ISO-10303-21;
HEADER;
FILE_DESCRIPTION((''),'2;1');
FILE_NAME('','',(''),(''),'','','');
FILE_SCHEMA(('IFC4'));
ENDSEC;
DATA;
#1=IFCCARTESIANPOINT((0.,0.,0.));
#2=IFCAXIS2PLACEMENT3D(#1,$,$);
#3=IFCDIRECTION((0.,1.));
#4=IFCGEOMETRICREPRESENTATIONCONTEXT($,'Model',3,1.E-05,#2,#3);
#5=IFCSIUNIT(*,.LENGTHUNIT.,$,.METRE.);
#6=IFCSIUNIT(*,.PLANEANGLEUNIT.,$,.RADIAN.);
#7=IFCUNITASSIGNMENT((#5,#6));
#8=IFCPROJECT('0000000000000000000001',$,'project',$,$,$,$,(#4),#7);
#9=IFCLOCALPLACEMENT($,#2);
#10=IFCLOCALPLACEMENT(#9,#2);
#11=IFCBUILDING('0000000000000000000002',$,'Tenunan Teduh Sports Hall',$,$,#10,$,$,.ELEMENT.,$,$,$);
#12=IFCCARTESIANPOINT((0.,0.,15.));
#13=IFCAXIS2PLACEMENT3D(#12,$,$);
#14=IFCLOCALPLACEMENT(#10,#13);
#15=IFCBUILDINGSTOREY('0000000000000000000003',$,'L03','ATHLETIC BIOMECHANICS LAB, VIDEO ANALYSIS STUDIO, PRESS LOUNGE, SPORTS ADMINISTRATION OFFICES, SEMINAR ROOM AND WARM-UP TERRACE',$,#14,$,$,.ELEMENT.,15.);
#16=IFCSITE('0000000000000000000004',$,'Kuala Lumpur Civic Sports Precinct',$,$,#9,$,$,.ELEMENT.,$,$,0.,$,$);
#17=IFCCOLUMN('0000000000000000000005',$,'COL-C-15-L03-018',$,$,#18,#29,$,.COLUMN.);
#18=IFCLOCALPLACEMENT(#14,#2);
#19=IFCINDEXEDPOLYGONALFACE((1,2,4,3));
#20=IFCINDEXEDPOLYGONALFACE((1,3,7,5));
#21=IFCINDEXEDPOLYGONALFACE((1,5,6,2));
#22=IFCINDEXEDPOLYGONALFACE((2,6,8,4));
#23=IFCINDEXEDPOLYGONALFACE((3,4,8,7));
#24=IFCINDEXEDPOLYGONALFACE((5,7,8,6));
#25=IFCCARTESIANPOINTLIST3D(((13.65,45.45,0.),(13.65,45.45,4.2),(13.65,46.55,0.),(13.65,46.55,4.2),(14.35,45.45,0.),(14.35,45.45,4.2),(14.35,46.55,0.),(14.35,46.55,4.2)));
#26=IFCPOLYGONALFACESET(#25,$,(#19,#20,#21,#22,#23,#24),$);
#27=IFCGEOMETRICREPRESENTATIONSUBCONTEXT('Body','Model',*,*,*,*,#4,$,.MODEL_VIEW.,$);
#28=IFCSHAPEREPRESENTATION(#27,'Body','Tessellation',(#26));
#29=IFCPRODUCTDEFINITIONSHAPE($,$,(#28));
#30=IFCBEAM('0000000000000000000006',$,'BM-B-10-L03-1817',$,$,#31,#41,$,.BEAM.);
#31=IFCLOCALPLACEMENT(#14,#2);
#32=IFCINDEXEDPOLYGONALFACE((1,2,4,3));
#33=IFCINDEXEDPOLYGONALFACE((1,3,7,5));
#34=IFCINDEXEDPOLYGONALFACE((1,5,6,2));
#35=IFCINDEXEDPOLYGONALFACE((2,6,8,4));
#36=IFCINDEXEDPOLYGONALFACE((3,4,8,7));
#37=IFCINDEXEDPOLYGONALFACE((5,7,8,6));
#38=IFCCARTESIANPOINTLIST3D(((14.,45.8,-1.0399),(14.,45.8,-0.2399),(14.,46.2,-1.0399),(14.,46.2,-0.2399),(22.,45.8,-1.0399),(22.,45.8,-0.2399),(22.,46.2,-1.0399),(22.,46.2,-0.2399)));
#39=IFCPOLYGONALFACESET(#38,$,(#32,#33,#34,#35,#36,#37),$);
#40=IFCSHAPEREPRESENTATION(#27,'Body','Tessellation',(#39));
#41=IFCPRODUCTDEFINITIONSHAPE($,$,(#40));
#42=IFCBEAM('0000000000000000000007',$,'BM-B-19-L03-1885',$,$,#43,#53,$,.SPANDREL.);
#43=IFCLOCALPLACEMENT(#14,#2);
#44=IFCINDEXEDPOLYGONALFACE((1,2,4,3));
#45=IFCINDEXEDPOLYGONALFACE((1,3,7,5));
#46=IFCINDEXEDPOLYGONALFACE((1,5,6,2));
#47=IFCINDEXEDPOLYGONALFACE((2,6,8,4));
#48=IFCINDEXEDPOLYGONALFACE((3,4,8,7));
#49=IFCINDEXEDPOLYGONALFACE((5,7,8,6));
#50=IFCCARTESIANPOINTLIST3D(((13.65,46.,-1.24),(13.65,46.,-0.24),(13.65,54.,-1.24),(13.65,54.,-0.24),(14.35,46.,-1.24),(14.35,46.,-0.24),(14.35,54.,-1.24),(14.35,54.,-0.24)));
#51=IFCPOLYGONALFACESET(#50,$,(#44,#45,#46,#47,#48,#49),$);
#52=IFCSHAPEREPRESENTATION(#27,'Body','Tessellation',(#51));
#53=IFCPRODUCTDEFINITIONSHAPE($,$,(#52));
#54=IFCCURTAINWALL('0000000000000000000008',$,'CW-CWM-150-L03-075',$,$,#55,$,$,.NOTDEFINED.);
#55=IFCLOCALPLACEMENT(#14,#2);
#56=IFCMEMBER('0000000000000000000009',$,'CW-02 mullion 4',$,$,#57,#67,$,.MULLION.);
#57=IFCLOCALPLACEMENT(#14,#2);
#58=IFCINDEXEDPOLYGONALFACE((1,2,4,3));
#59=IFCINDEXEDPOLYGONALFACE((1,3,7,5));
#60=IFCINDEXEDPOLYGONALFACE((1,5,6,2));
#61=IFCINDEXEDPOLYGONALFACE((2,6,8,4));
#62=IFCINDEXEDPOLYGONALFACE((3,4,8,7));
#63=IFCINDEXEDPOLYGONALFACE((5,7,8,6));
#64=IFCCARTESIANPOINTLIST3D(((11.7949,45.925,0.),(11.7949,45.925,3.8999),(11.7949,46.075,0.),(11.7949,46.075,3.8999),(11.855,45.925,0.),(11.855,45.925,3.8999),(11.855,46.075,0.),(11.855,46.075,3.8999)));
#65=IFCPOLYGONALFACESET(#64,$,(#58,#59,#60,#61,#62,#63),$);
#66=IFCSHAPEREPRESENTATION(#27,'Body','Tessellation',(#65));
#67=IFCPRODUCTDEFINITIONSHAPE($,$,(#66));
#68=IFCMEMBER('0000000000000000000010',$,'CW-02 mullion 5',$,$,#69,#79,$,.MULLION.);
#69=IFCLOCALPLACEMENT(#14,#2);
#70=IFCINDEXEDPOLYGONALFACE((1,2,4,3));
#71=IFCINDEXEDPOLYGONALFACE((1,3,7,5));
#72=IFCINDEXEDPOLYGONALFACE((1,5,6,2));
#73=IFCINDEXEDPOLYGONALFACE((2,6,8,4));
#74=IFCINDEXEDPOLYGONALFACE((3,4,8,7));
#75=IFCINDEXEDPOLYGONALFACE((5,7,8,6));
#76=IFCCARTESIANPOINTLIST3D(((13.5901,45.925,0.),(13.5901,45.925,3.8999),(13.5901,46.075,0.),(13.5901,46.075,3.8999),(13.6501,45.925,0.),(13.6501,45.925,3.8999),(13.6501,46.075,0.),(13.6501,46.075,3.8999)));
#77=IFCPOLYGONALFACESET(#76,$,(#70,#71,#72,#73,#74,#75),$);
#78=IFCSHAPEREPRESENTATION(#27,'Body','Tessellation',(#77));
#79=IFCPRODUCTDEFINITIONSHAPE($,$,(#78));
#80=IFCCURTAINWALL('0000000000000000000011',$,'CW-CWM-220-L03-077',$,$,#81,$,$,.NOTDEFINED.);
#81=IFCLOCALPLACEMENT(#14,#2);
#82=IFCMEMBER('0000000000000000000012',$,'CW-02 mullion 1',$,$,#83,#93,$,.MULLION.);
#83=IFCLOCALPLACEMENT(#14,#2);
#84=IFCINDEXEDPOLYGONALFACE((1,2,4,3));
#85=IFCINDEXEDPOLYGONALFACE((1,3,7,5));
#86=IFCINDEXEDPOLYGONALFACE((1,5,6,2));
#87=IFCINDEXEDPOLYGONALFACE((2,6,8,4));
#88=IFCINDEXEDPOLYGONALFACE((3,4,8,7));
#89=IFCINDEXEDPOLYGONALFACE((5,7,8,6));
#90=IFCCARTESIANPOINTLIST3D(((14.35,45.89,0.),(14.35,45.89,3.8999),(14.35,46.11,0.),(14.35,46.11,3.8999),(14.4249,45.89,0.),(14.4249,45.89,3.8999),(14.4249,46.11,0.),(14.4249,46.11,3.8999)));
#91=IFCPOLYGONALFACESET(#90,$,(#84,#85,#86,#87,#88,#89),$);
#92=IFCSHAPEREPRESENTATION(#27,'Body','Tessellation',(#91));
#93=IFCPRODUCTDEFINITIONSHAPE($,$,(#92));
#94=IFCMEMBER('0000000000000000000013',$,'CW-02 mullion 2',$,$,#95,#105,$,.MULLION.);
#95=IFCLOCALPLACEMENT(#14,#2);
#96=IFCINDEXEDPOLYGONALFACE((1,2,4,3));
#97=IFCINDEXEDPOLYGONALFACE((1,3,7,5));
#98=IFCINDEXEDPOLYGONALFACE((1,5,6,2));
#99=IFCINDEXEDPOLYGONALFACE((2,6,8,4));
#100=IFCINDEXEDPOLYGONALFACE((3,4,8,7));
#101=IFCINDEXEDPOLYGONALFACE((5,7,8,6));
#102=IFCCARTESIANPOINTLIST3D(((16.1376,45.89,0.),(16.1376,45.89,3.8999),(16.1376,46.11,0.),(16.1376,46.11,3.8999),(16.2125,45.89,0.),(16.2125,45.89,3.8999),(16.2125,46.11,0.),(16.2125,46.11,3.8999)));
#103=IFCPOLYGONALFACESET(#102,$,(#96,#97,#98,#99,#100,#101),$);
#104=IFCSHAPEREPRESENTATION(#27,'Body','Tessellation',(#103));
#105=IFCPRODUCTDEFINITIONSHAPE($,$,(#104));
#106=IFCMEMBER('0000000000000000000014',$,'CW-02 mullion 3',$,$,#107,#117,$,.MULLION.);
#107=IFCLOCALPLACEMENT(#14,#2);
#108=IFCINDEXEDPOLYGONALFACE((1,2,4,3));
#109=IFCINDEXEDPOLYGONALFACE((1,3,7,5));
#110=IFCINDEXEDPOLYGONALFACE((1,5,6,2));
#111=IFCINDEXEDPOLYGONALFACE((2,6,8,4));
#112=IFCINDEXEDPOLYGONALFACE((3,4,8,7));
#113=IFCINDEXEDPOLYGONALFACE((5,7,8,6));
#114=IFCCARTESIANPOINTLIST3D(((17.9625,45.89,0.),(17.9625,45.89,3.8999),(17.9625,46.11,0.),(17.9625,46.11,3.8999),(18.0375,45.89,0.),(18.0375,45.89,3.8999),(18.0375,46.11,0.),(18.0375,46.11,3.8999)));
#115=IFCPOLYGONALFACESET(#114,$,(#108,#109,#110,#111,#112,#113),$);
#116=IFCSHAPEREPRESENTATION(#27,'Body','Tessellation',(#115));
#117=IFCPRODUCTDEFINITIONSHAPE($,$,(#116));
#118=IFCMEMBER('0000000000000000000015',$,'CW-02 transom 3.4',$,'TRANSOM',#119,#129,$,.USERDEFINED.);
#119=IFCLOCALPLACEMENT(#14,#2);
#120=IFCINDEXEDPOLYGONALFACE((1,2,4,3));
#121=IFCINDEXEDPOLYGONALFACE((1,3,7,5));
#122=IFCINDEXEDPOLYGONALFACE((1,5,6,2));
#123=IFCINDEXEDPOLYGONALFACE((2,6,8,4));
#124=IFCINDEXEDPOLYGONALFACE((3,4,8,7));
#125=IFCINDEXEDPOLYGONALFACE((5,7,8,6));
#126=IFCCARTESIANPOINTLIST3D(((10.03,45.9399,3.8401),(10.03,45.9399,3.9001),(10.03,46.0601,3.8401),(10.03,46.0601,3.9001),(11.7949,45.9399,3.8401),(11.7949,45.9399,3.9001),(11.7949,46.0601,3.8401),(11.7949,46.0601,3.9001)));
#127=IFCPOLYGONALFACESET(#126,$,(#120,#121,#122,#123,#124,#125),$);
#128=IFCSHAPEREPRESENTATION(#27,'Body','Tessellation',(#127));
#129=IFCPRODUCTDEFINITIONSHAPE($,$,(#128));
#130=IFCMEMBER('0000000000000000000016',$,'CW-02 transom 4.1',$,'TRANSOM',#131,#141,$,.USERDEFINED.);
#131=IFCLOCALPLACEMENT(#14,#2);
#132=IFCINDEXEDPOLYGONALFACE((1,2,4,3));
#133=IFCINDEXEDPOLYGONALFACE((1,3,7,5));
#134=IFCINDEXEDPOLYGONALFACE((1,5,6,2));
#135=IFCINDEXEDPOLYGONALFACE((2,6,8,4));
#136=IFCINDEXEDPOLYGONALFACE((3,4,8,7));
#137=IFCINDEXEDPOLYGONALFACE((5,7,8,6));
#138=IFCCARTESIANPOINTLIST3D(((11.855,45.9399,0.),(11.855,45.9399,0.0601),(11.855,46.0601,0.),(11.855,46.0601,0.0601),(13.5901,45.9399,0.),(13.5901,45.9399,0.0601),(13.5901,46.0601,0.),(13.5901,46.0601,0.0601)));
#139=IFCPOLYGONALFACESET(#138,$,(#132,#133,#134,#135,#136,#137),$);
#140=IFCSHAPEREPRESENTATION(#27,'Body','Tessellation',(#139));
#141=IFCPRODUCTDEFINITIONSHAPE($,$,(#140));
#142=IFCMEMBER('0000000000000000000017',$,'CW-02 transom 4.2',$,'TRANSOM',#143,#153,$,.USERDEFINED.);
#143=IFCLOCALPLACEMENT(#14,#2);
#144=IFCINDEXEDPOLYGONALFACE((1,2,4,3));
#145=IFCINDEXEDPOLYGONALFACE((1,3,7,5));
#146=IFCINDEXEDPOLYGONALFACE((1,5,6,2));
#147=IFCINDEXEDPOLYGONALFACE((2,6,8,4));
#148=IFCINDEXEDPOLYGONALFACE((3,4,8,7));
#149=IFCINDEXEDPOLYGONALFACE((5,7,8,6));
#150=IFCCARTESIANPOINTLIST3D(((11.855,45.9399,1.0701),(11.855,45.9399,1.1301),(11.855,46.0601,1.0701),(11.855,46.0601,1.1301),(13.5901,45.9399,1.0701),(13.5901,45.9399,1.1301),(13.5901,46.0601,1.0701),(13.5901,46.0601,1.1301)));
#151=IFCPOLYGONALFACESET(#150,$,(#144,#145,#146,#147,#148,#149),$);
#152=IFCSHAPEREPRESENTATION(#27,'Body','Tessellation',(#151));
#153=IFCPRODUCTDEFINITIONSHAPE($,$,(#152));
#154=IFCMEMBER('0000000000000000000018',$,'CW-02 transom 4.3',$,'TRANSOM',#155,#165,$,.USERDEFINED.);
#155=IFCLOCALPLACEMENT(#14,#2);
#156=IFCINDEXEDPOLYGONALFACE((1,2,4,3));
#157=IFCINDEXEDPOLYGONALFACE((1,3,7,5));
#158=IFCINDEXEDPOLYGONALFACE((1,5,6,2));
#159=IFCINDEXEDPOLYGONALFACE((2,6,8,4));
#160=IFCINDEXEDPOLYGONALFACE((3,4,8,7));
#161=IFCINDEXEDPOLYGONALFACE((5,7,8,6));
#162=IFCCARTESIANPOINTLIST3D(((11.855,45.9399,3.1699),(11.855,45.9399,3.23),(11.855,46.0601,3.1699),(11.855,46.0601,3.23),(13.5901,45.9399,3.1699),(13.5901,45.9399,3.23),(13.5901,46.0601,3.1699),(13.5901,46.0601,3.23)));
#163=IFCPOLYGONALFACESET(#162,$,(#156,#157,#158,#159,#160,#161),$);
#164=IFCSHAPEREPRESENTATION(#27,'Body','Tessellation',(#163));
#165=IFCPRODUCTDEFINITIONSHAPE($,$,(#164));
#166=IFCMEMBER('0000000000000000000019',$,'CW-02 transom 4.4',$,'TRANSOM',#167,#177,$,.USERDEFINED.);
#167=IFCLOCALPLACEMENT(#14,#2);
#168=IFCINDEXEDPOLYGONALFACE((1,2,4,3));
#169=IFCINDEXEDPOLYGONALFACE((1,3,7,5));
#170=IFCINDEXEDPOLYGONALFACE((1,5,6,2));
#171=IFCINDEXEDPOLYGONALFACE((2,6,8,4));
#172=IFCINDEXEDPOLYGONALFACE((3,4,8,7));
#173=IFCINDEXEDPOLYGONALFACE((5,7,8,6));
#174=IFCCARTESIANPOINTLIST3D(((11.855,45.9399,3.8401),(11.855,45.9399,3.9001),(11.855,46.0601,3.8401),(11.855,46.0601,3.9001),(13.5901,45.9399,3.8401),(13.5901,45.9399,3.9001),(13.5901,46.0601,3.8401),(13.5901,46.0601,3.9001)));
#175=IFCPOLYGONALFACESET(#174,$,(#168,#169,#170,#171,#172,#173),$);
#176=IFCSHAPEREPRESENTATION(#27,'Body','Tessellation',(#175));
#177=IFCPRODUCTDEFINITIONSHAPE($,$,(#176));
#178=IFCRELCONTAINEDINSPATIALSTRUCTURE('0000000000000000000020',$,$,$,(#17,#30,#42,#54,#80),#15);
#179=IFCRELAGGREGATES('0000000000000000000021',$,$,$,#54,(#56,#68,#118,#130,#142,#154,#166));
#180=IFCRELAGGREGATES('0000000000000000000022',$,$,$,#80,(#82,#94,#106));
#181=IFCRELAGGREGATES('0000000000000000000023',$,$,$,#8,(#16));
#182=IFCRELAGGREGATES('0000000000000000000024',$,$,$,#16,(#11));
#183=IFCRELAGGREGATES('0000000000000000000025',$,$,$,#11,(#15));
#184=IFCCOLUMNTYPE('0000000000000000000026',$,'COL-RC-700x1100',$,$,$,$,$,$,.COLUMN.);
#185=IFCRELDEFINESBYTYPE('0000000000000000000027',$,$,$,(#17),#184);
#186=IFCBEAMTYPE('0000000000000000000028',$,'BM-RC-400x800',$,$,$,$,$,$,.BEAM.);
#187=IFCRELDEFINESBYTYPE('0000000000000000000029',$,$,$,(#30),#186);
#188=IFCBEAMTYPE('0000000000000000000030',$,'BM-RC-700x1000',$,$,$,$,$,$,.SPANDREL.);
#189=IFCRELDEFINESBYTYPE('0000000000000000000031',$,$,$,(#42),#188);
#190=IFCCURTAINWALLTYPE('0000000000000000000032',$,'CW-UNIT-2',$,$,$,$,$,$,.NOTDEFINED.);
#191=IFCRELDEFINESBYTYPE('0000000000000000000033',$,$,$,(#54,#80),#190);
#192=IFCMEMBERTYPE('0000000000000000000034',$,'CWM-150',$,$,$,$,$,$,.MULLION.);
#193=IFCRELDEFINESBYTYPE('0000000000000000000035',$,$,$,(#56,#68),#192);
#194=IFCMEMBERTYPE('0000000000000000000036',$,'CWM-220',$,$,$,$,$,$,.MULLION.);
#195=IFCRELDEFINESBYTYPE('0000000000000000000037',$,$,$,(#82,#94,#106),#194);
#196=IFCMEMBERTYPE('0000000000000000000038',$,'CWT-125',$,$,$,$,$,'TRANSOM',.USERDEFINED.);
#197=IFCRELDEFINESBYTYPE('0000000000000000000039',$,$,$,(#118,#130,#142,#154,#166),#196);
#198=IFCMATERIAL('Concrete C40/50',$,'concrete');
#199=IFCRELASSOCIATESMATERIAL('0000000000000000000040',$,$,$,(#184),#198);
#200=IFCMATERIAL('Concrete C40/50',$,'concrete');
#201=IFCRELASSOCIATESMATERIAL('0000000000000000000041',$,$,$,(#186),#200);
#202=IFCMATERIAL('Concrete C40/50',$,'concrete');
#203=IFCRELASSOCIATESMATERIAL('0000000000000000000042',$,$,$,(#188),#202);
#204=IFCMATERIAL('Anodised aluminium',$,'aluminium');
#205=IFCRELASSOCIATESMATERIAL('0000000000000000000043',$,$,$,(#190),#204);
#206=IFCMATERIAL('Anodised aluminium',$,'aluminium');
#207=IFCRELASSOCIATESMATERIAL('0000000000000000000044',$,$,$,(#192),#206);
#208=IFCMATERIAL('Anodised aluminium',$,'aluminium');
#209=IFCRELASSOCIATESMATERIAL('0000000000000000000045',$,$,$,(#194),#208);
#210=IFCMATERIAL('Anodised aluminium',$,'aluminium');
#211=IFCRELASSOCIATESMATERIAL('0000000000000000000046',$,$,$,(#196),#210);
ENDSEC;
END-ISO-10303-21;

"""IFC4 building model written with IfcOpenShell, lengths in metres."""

from ifc_helpers import new_model, si_unit, direction, frame, origin, origin_2d, place, context, subcontext, project, spatial, rectangle, extrude, material, material_profile, profile_set, type_object, element, aggregate, save


model = new_model("IFC4")

# Units and contexts
model_context = context("Model", 3, precision=1e-05, world=origin(), true_north=direction((0.0, 1.0)))
body_context = subcontext(model_context, "Body", "Model", "MODEL_VIEW")
ifc_project = project(units=[si_unit("LENGTHUNIT", "METRE"), si_unit("PLANEANGLEUNIT", "RADIAN")], contexts=[model_context])

# Site, building, storey
site_placement = place(None, origin())
site = spatial("IfcSite", under=ifc_project, at=site_placement, Name="Kuala Lumpur Civic Sports Precinct", CompositionType="ELEMENT", RefElevation=0.0)
building_placement = place(site_placement, origin())
building = spatial("IfcBuilding", under=site, at=building_placement, Name="Tenunan Teduh Sports Hall", CompositionType="ELEMENT")
storey_placement = place(building_placement, frame((0.0, 0.0, 15.0)))
storey = spatial("IfcBuildingStorey", under=building, at=storey_placement, Name="L03", Description="ATHLETIC BIOMECHANICS LAB, VIDEO ANALYSIS STUDIO, PRESS LOUNGE, SPORTS ADMINISTRATION OFFICES, SEMINAR ROOM AND WARM-UP TERRACE", CompositionType="ELEMENT", Elevation=15.0)

# Column
ifc_material_1 = material(Name="Concrete C40/50", Category="concrete")
ifc_material_profile_1 = material_profile(ifc_material_1, rectangle(XDim=0.7, YDim=1.1001, at=origin_2d()), Name="RC 700x1100")
ifc_profile_set_1 = profile_set([ifc_material_profile_1], Name="Concrete C40/50")
column_type = type_object("IfcColumnType", Name="COL-RC-700x1100", PredefinedType="COLUMN", material=ifc_profile_set_1)
column_placement = place(storey_placement, frame((14.0, 46.0, 0.0), z_axis=(0.0, 0.0, 1.0), x_axis=(1.0, 0.0, 0.0)))
element("IfcColumn", 1, at=column_placement, inside=storey, type_object=column_type, Name="COL-C-15-L03-018", PredefinedType="COLUMN", context=body_context, shape_type="SweptSolid", body=[
    extrude(rectangle(XDim=0.7, YDim=1.1001, at=origin_2d()), origin(), (0.0, 0.0, 1.0), 4.2),
])

# Beams
ifc_material_2 = material(Name="Concrete C40/50", Category="concrete")
ifc_material_profile_2 = material_profile(ifc_material_2, rectangle(XDim=0.3999, YDim=0.8, at=origin_2d()), Name="RCB 400x800")
ifc_profile_set_2 = profile_set([ifc_material_profile_2], Name="Concrete C40/50")
beam_type_1 = type_object("IfcBeamType", Name="BM-RC-400x800", PredefinedType="BEAM", material=ifc_profile_set_2)
beam_1_placement = place(storey_placement, frame((14.0, 46.0, -0.6399), z_axis=(1.0, 0.0, 0.0), x_axis=(0.0, 1.0, 0.0)))
element("IfcBeam", 2, at=beam_1_placement, inside=storey, type_object=beam_type_1, Name="BM-B-10-L03-1817", PredefinedType="BEAM", context=body_context, shape_type="SweptSolid", body=[
    extrude(rectangle(XDim=0.3999, YDim=0.8, at=origin_2d()), origin(), (0.0, 0.0, 1.0), 8.0),
])
ifc_material_3 = material(Name="Concrete C40/50", Category="concrete")
ifc_material_profile_3 = material_profile(ifc_material_3, rectangle(XDim=0.7, YDim=1.0, at=origin_2d()), Name="RCB 700x1000")
ifc_profile_set_3 = profile_set([ifc_material_profile_3], Name="Concrete C40/50")
beam_type_2 = type_object("IfcBeamType", Name="BM-RC-700x1000", PredefinedType="SPANDREL", material=ifc_profile_set_3)
beam_2_placement = place(storey_placement, frame((14.0, 46.0, -0.74), z_axis=(0.0, 1.0, 0.0), x_axis=(-1.0, 0.0, 0.0)))
element("IfcBeam", 3, at=beam_2_placement, inside=storey, type_object=beam_type_2, Name="BM-B-19-L03-1885", PredefinedType="SPANDREL", context=body_context, shape_type="SweptSolid", body=[
    extrude(rectangle(XDim=0.7, YDim=1.0, at=origin_2d()), origin(), (0.0, 0.0, 1.0), 8.0),
])

# Curtain walls, members
ifc_material_4 = material(Name="Anodised aluminium", Category="aluminium")
curtain_wall_type = type_object("IfcCurtainWallType", Name="CW-UNIT-2", PredefinedType="NOTDEFINED", material=ifc_material_4)
curtain_wall_1_placement = place(storey_placement, origin())
curtain_wall_1 = element("IfcCurtainWall", 4, at=curtain_wall_1_placement, inside=storey, type_object=curtain_wall_type, Name="CW-CWM-150-L03-075", PredefinedType="NOTDEFINED")
ifc_material_5 = material(Name="Anodised aluminium", Category="aluminium")
ifc_material_profile_4 = material_profile(ifc_material_5, rectangle(XDim=0.0601, YDim=0.1499, at=origin_2d()), Name="CWM 60x150")
ifc_profile_set_4 = profile_set([ifc_material_profile_4], Name="Anodised aluminium")
member_type_1 = type_object("IfcMemberType", Name="CWM-150", PredefinedType="MULLION", material=ifc_profile_set_4)
member_1_placement = place(storey_placement, frame((11.825, 46.0, 0.0), z_axis=(0.0, 0.0, 1.0), x_axis=(1.0, 0.0, 0.0)))
member_1 = element("IfcMember", 5, at=member_1_placement, type_object=member_type_1, Name="CW-02 mullion 4", PredefinedType="MULLION", context=body_context, shape_type="SweptSolid", body=[
    extrude(rectangle(XDim=0.0601, YDim=0.1499, at=origin_2d()), origin(), (0.0, 0.0, 1.0), 3.8999),
])
member_2_placement = place(storey_placement, frame((13.6201, 46.0, 0.0), z_axis=(0.0, 0.0, 1.0), x_axis=(1.0, 0.0, 0.0)))
member_2 = element("IfcMember", 6, at=member_2_placement, type_object=member_type_1, Name="CW-02 mullion 5", PredefinedType="MULLION", context=body_context, shape_type="SweptSolid", body=[
    extrude(rectangle(XDim=0.0601, YDim=0.1499, at=origin_2d()), origin(), (0.0, 0.0, 1.0), 3.8999),
])
curtain_wall_2_placement = place(storey_placement, origin())
curtain_wall_2 = element("IfcCurtainWall", 7, at=curtain_wall_2_placement, inside=storey, type_object=curtain_wall_type, Name="CW-CWM-220-L03-077", PredefinedType="NOTDEFINED")
ifc_material_6 = material(Name="Anodised aluminium", Category="aluminium")
ifc_material_profile_5 = material_profile(ifc_material_6, rectangle(XDim=0.075, YDim=0.22, at=origin_2d()), Name="CWM 75x220")
ifc_profile_set_5 = profile_set([ifc_material_profile_5], Name="Anodised aluminium")
member_type_2 = type_object("IfcMemberType", Name="CWM-220", PredefinedType="MULLION", material=ifc_profile_set_5)
member_3_placement = place(storey_placement, frame((14.3875, 46.0, 0.0), z_axis=(0.0, 0.0, 1.0), x_axis=(1.0, 0.0, 0.0)))
member_3 = element("IfcMember", 8, at=member_3_placement, type_object=member_type_2, Name="CW-02 mullion 1", PredefinedType="MULLION", context=body_context, shape_type="SweptSolid", body=[
    extrude(rectangle(XDim=0.075, YDim=0.22, at=origin_2d()), origin(), (0.0, 0.0, 1.0), 3.8999),
])
member_4_placement = place(storey_placement, frame((16.175, 46.0, 0.0), z_axis=(0.0, 0.0, 1.0), x_axis=(1.0, 0.0, 0.0)))
member_4 = element("IfcMember", 9, at=member_4_placement, type_object=member_type_2, Name="CW-02 mullion 2", PredefinedType="MULLION", context=body_context, shape_type="SweptSolid", body=[
    extrude(rectangle(XDim=0.075, YDim=0.22, at=origin_2d()), origin(), (0.0, 0.0, 1.0), 3.8999),
])
member_5_placement = place(storey_placement, frame((18.0, 46.0, 0.0), z_axis=(0.0, 0.0, 1.0), x_axis=(1.0, 0.0, 0.0)))
member_5 = element("IfcMember", 10, at=member_5_placement, type_object=member_type_2, Name="CW-02 mullion 3", PredefinedType="MULLION", context=body_context, shape_type="SweptSolid", body=[
    extrude(rectangle(XDim=0.075, YDim=0.22, at=origin_2d()), origin(), (0.0, 0.0, 1.0), 3.8999),
])

# Members
ifc_material_7 = material(Name="Anodised aluminium", Category="aluminium")
ifc_material_profile_6 = material_profile(ifc_material_7, rectangle(XDim=0.0601, YDim=0.1201, at=origin_2d()), Name="CWT 60x120")
ifc_profile_set_6 = profile_set([ifc_material_profile_6], Name="Anodised aluminium")
member_type_3 = type_object("IfcMemberType", Name="CWT-125", ElementType="TRANSOM", PredefinedType="USERDEFINED", material=ifc_profile_set_6)
member_6_placement = place(storey_placement, frame((10.03, 46.0, 3.8701), z_axis=(1.0, 0.0, 0.0), x_axis=(0.0, 0.0, 1.0)))
member_6 = element("IfcMember", 11, at=member_6_placement, type_object=member_type_3, Name="CW-02 transom 3.4", ObjectType="TRANSOM", PredefinedType="USERDEFINED", context=body_context, shape_type="SweptSolid", body=[
    extrude(rectangle(XDim=0.0601, YDim=0.1201, at=origin_2d()), origin(), (0.0, 0.0, 1.0), 1.7649),
])
member_7_placement = place(storey_placement, frame((11.855, 46.0, 0.03), z_axis=(1.0, 0.0, 0.0), x_axis=(0.0, 0.0, 1.0)))
member_7 = element("IfcMember", 12, at=member_7_placement, type_object=member_type_3, Name="CW-02 transom 4.1", ObjectType="TRANSOM", PredefinedType="USERDEFINED", context=body_context, shape_type="SweptSolid", body=[
    extrude(rectangle(XDim=0.0601, YDim=0.1201, at=origin_2d()), origin(), (0.0, 0.0, 1.0), 1.7351),
])
member_8_placement = place(storey_placement, frame((11.855, 46.0, 1.1001), z_axis=(1.0, 0.0, 0.0), x_axis=(0.0, 0.0, 1.0)))
member_8 = element("IfcMember", 13, at=member_8_placement, type_object=member_type_3, Name="CW-02 transom 4.2", ObjectType="TRANSOM", PredefinedType="USERDEFINED", context=body_context, shape_type="SweptSolid", body=[
    extrude(rectangle(XDim=0.0601, YDim=0.1201, at=origin_2d()), origin(), (0.0, 0.0, 1.0), 1.7351),
])
member_9_placement = place(storey_placement, frame((11.855, 46.0, 3.2), z_axis=(1.0, 0.0, 0.0), x_axis=(0.0, 0.0, 1.0)))
member_9 = element("IfcMember", 14, at=member_9_placement, type_object=member_type_3, Name="CW-02 transom 4.3", ObjectType="TRANSOM", PredefinedType="USERDEFINED", context=body_context, shape_type="SweptSolid", body=[
    extrude(rectangle(XDim=0.0601, YDim=0.1201, at=origin_2d()), origin(), (0.0, 0.0, 1.0), 1.7351),
])
member_10_placement = place(storey_placement, frame((11.855, 46.0, 3.8701), z_axis=(1.0, 0.0, 0.0), x_axis=(0.0, 0.0, 1.0)))
member_10 = element("IfcMember", 15, at=member_10_placement, type_object=member_type_3, Name="CW-02 transom 4.4", ObjectType="TRANSOM", PredefinedType="USERDEFINED", context=body_context, shape_type="SweptSolid", body=[
    extrude(rectangle(XDim=0.0601, YDim=0.1201, at=origin_2d()), origin(), (0.0, 0.0, 1.0), 1.7351),
])

aggregate(curtain_wall_1, [member_1, member_2, member_6, member_7, member_8, member_9, member_10])
aggregate(curtain_wall_2, [member_3, member_4, member_5])

save(model, "model.ifc")
